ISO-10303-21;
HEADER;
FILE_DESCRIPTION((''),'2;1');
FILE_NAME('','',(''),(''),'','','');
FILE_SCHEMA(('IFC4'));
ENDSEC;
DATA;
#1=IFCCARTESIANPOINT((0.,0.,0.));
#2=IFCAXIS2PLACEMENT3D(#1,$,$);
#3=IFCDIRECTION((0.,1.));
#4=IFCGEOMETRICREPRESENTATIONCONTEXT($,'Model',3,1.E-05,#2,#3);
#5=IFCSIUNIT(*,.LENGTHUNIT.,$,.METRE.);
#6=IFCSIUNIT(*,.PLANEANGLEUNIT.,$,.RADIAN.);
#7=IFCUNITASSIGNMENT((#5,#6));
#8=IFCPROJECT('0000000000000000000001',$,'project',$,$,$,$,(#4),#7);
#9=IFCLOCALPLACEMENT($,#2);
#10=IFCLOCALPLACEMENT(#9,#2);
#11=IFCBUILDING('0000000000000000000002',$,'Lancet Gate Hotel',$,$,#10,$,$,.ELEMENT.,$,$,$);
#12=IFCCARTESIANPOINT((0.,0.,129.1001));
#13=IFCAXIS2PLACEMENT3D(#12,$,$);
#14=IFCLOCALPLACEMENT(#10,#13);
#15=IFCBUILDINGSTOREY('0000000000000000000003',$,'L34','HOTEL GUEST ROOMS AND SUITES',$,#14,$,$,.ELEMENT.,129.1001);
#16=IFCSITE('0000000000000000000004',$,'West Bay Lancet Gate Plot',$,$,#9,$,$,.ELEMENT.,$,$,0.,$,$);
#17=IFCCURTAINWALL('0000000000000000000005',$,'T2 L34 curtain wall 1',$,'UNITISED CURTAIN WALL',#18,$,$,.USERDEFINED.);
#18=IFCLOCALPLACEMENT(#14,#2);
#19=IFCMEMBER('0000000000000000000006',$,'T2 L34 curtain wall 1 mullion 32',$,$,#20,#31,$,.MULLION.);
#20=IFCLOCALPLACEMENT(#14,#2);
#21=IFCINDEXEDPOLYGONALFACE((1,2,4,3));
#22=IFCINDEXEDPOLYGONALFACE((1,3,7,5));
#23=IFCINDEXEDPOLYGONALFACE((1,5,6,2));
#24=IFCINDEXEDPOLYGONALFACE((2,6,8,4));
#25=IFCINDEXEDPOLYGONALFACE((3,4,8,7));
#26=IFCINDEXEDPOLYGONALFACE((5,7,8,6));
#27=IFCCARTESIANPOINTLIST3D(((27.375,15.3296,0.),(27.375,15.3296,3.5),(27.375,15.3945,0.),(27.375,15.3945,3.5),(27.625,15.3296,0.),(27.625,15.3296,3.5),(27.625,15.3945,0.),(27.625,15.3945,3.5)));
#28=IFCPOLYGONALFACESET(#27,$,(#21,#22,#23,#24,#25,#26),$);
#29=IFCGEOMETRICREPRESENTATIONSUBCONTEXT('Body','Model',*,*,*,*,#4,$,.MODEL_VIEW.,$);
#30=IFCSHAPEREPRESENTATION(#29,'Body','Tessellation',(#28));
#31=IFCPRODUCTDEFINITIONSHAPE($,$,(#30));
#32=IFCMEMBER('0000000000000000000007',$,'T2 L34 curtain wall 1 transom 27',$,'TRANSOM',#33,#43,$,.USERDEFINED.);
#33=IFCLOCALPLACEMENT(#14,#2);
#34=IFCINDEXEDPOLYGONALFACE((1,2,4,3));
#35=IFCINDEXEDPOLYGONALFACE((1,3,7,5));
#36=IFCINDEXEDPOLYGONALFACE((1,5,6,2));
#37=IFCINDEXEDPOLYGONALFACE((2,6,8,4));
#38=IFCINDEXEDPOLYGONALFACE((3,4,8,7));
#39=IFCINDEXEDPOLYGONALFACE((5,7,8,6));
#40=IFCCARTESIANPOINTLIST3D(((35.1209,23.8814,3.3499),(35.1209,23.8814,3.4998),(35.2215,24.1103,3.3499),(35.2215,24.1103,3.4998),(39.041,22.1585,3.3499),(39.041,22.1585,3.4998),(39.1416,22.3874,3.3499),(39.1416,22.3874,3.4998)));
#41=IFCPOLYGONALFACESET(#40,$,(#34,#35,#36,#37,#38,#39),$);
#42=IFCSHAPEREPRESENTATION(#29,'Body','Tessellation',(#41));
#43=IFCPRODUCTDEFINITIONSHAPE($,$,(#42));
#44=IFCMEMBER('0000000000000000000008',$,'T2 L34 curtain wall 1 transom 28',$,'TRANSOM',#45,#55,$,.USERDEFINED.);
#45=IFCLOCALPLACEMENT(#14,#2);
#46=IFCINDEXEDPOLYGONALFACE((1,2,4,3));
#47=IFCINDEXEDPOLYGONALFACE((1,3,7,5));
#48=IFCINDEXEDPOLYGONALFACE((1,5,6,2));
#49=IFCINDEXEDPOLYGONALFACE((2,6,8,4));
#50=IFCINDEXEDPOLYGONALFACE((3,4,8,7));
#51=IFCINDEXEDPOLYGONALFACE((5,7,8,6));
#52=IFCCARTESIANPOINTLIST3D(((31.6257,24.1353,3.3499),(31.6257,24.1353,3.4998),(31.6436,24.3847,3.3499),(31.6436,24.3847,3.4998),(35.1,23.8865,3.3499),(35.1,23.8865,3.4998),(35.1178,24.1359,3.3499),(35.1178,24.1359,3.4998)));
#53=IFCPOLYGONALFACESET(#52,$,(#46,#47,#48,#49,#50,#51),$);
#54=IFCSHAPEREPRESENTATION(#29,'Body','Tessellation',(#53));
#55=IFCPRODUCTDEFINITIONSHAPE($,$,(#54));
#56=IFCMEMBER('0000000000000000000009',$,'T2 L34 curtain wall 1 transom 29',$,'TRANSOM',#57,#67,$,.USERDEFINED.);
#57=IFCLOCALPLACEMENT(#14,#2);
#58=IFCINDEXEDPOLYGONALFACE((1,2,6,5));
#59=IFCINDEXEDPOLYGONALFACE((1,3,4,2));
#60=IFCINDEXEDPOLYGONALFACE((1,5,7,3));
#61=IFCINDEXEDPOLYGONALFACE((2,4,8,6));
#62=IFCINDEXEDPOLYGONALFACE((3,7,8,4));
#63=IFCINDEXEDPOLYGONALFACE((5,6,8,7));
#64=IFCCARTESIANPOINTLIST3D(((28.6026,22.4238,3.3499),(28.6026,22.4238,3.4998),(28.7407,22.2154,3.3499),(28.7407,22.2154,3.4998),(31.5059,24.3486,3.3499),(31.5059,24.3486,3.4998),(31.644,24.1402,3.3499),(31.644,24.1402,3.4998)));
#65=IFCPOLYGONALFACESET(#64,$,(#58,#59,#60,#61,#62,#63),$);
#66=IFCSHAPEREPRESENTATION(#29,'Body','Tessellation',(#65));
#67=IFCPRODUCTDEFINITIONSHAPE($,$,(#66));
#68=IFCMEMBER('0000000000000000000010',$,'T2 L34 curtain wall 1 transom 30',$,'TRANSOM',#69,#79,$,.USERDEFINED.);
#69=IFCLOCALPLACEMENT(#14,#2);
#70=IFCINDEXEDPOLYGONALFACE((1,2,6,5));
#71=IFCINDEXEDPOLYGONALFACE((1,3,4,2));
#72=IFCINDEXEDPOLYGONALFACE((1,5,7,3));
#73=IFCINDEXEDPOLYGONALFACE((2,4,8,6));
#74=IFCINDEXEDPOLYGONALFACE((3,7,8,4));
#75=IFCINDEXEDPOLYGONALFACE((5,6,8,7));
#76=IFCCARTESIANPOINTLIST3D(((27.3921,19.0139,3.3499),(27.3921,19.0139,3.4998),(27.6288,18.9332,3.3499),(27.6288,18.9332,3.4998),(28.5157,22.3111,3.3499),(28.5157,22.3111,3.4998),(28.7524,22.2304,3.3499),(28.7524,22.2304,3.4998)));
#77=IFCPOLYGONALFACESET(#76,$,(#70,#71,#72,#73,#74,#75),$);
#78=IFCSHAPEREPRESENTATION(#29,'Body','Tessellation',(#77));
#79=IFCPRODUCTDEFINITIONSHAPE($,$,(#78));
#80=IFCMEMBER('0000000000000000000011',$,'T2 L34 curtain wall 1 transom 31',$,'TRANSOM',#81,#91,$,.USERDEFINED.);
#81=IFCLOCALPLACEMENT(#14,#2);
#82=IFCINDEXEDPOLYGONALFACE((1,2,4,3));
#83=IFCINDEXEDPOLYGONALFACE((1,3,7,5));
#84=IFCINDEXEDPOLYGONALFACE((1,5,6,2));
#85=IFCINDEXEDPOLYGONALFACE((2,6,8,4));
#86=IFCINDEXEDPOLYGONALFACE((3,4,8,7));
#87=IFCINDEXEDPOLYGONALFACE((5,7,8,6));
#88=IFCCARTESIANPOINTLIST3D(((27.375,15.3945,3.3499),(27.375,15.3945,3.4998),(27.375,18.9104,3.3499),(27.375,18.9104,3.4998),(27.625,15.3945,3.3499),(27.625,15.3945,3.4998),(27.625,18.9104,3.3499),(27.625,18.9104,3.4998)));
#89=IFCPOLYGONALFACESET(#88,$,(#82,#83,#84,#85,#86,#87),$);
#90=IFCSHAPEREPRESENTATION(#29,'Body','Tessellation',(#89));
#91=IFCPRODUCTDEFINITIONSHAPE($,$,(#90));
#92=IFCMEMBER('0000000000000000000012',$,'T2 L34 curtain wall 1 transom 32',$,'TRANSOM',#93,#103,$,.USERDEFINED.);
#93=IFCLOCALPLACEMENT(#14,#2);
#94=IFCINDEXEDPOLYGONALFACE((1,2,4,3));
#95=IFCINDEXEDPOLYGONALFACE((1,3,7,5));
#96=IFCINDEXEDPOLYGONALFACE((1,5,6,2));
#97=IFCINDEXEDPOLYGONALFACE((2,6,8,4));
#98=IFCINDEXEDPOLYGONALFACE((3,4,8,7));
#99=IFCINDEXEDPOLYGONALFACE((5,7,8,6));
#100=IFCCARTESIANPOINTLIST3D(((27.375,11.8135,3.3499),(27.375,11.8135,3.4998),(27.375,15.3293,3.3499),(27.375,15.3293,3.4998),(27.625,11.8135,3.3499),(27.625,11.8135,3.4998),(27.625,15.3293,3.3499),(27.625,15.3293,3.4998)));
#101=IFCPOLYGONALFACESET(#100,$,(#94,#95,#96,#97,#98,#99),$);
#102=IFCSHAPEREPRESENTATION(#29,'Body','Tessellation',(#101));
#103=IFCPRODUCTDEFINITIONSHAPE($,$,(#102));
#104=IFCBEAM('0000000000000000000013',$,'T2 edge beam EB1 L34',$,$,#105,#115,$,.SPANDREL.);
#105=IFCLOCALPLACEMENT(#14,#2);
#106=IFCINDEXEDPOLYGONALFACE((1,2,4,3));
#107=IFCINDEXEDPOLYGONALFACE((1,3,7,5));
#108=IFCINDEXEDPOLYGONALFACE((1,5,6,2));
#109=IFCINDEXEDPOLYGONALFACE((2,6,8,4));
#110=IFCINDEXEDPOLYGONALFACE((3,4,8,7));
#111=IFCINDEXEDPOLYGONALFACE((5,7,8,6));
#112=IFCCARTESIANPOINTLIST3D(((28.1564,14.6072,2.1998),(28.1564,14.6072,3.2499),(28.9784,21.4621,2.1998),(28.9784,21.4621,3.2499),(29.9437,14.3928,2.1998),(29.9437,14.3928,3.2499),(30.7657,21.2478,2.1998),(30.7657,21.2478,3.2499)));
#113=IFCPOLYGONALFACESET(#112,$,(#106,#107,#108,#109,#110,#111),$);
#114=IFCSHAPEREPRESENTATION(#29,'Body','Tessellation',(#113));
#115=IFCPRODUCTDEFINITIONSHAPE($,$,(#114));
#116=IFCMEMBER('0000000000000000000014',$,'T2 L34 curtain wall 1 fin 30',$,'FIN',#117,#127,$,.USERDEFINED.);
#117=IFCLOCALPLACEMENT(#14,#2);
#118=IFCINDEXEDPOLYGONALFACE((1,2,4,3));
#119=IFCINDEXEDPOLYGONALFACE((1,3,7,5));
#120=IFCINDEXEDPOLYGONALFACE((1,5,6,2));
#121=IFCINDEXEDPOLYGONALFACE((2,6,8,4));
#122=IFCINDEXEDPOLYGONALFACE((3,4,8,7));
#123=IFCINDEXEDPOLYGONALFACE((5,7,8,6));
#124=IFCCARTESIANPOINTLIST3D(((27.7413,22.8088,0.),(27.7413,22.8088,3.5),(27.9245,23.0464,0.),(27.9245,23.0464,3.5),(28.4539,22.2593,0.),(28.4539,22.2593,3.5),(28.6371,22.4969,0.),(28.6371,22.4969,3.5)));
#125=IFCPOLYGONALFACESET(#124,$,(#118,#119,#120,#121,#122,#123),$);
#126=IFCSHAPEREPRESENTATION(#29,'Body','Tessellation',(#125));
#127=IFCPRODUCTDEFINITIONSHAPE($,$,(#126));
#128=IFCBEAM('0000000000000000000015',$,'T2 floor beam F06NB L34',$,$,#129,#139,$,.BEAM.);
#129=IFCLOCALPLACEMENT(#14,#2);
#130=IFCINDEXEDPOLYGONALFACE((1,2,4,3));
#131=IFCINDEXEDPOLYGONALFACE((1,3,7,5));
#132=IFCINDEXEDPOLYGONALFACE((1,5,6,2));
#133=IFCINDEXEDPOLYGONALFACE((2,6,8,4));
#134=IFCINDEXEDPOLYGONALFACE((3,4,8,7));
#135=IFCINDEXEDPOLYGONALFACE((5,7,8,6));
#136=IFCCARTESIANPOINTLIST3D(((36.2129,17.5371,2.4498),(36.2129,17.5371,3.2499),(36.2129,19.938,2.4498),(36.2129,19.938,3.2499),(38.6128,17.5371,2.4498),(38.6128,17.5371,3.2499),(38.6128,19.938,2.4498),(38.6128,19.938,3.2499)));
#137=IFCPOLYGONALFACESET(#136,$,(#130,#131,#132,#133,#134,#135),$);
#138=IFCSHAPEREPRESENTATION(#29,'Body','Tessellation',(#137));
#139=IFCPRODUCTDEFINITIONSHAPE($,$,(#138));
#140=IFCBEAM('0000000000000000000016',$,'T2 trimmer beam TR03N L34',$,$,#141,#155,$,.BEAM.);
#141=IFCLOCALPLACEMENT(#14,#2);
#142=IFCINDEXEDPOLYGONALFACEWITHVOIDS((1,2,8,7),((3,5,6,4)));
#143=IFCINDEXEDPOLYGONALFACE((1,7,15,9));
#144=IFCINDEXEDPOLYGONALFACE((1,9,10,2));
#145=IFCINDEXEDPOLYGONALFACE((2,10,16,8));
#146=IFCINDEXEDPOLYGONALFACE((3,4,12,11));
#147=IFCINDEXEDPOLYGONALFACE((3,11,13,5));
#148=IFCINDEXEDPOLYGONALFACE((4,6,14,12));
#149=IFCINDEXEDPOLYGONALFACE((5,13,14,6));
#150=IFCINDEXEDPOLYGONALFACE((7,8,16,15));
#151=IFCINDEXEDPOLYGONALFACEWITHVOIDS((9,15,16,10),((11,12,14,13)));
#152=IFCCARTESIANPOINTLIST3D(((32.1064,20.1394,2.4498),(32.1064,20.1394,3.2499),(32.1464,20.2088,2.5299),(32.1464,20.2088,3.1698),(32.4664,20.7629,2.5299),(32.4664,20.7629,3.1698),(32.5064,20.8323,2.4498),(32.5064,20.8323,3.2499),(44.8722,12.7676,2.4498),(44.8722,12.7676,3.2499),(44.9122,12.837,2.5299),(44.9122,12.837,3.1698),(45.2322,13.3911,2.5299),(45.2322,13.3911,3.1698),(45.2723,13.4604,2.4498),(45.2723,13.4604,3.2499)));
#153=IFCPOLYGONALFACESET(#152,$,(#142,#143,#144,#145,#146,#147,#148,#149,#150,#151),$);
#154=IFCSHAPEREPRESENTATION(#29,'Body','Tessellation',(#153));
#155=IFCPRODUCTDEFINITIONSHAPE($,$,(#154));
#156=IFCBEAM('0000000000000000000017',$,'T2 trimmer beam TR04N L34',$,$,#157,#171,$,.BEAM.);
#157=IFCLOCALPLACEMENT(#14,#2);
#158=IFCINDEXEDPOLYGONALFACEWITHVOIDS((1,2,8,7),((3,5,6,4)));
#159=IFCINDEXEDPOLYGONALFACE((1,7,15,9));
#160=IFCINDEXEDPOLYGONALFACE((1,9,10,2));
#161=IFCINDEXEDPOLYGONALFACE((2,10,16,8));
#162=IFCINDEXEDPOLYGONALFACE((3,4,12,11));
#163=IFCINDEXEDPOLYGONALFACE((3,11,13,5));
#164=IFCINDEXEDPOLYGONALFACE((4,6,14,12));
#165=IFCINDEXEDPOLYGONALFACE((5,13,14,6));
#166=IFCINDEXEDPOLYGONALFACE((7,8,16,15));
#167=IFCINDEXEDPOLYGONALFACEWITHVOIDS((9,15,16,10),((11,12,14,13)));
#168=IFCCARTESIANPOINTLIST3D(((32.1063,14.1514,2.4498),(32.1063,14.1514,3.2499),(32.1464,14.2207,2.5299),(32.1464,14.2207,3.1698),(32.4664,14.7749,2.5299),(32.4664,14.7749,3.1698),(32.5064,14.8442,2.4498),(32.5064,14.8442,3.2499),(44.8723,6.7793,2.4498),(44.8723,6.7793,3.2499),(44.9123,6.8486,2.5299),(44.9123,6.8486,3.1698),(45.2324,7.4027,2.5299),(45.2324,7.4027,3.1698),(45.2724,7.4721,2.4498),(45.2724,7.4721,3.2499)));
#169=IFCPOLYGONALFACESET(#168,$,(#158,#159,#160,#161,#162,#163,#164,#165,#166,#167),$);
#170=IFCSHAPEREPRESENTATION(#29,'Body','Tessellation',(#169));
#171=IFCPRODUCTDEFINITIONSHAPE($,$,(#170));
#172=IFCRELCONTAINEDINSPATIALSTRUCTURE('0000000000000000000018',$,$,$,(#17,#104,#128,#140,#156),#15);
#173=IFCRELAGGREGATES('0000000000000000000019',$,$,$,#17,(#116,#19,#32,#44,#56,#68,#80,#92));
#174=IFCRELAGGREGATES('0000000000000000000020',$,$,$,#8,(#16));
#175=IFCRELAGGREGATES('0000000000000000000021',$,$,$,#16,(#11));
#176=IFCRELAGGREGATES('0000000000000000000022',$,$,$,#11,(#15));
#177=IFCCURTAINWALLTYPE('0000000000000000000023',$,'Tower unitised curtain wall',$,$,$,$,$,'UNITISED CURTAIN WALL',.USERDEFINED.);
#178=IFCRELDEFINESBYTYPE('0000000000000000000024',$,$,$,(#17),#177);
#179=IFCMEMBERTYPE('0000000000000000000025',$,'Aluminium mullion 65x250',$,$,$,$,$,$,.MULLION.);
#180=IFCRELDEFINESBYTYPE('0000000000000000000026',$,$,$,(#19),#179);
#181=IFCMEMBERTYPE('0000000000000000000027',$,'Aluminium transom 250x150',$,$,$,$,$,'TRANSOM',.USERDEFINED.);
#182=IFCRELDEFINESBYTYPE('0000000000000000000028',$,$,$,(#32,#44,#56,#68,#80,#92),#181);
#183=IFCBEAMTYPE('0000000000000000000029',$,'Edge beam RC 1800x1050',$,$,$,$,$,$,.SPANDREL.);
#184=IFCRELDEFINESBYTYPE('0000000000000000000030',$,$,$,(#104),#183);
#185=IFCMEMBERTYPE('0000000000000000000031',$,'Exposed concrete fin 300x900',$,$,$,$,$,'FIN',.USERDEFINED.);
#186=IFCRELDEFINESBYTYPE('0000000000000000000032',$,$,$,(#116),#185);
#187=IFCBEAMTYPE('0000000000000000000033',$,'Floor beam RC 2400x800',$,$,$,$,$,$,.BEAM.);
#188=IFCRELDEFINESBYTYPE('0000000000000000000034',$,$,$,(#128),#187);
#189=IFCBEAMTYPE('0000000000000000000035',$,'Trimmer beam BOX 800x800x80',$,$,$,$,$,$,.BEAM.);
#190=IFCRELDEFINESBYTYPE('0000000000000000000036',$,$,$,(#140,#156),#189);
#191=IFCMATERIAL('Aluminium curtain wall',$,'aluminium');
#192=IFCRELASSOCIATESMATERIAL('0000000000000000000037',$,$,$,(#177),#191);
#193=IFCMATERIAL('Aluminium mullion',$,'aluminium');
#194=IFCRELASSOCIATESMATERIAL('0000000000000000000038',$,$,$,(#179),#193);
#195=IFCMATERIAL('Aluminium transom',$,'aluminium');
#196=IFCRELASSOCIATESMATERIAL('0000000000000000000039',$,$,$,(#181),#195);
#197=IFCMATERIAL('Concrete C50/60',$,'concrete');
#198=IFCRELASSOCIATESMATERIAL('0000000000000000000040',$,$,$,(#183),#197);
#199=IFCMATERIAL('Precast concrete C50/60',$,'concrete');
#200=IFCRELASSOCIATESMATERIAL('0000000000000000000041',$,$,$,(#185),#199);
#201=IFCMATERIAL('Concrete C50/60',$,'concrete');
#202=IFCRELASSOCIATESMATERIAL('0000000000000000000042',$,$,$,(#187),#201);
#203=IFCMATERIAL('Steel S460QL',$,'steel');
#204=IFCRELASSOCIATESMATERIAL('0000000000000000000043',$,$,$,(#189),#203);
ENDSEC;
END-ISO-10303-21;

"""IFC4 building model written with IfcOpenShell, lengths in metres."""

from ifc_helpers import new_model, si_unit, direction, frame, origin, origin_2d, place, context, subcontext, project, spatial, rectangle, hollow_rectangle, extrude, material, material_profile, profile_set, type_object, element, aggregate, save


model = new_model("IFC4")

# Units and contexts
model_context = context("Model", 3, precision=1e-05, world=origin(), true_north=direction((0.0, 1.0)))
body_context = subcontext(model_context, "Body", "Model", "MODEL_VIEW")
ifc_project = project(units=[si_unit("LENGTHUNIT", "METRE"), si_unit("PLANEANGLEUNIT", "RADIAN")], contexts=[model_context])

# Site, building, storey
site_placement = place(None, origin())
site = spatial("IfcSite", under=ifc_project, at=site_placement, Name="West Bay Lancet Gate Plot", CompositionType="ELEMENT", RefElevation=0.0)
building_placement = place(site_placement, origin())
building = spatial("IfcBuilding", under=site, at=building_placement, Name="Lancet Gate Hotel", CompositionType="ELEMENT")
storey_placement = place(building_placement, frame((0.0, 0.0, 129.1001)))
storey = spatial("IfcBuildingStorey", under=building, at=storey_placement, Name="L34", Description="HOTEL GUEST ROOMS AND SUITES", CompositionType="ELEMENT", Elevation=129.1001)

# Curtain wall, members
ifc_material_1 = material(Name="Aluminium curtain wall", Category="aluminium")
curtain_wall_type = type_object("IfcCurtainWallType", Name="Tower unitised curtain wall", ElementType="UNITISED CURTAIN WALL", PredefinedType="USERDEFINED", material=ifc_material_1)
curtain_wall_placement = place(storey_placement, origin())
curtain_wall = element("IfcCurtainWall", 1, at=curtain_wall_placement, inside=storey, type_object=curtain_wall_type, Name="T2 L34 curtain wall 1", ObjectType="UNITISED CURTAIN WALL", PredefinedType="USERDEFINED")
ifc_material_2 = material(Name="Aluminium mullion", Category="aluminium")
ifc_material_profile_1 = material_profile(ifc_material_2, rectangle(XDim=0.0649, YDim=0.25, at=origin_2d()), Name="MULLION 65x250")
ifc_profile_set_1 = profile_set([ifc_material_profile_1], Name="Aluminium mullion")
member_type_1 = type_object("IfcMemberType", Name="Aluminium mullion 65x250", PredefinedType="MULLION", material=ifc_profile_set_1)
member_1_placement = place(storey_placement, frame((27.5, 15.3621, 0.0), z_axis=(0.0, 0.0, 1.0), x_axis=(0.0, -1.0, 0.0)))
member_1 = element("IfcMember", 2, at=member_1_placement, type_object=member_type_1, Name="T2 L34 curtain wall 1 mullion 32", PredefinedType="MULLION", context=body_context, shape_type="SweptSolid", body=[
    extrude(rectangle(XDim=0.0649, YDim=0.25, at=origin_2d()), origin(), (0.0, 0.0, 1.0), 3.5),
])
ifc_material_3 = material(Name="Aluminium transom", Category="aluminium")
ifc_material_profile_2 = material_profile(ifc_material_3, rectangle(XDim=0.25, YDim=0.1499, at=origin_2d()), Name="TRANSOM 250x150")
ifc_profile_set_2 = profile_set([ifc_material_profile_2], Name="Aluminium transom")
member_type_2 = type_object("IfcMemberType", Name="Aluminium transom 250x150", ElementType="TRANSOM", PredefinedType="USERDEFINED", material=ifc_profile_set_2)
member_2_placement = place(storey_placement, frame((39.0913, 22.2729, 3.4248), z_axis=(-0.915485, 0.402353, 0.0), x_axis=(-0.402353, -0.915485, 0.0)))
member_2 = element("IfcMember", 3, at=member_2_placement, type_object=member_type_2, Name="T2 L34 curtain wall 1 transom 27", ObjectType="TRANSOM", PredefinedType="USERDEFINED", context=body_context, shape_type="SweptSolid", body=[
    extrude(rectangle(XDim=0.25, YDim=0.1499, at=origin_2d()), origin(), (0.0, 0.0, 1.0), 4.282),
])
member_3_placement = place(storey_placement, frame((35.1089, 24.0112, 3.4248), z_axis=(-0.997446, 0.071421, 0.0), x_axis=(-0.071421, -0.997446, 0.0)))
member_3 = element("IfcMember", 4, at=member_3_placement, type_object=member_type_2, Name="T2 L34 curtain wall 1 transom 28", ObjectType="TRANSOM", PredefinedType="USERDEFINED", context=body_context, shape_type="SweptSolid", body=[
    extrude(rectangle(XDim=0.25, YDim=0.1499, at=origin_2d()), origin(), (0.0, 0.0, 1.0), 3.4832),
])
member_4_placement = place(storey_placement, frame((31.575, 24.2444, 3.4248), z_axis=(-0.833471, -0.552563, 0.0), x_axis=(0.552563, -0.833471, 0.0)))
member_4 = element("IfcMember", 5, at=member_4_placement, type_object=member_type_2, Name="T2 L34 curtain wall 1 transom 29", ObjectType="TRANSOM", PredefinedType="USERDEFINED", context=body_context, shape_type="SweptSolid", body=[
    extrude(rectangle(XDim=0.25, YDim=0.1499, at=origin_2d()), origin(), (0.0, 0.0, 1.0), 3.4834),
])
member_5_placement = place(storey_placement, frame((28.634, 22.2708, 3.4248), z_axis=(-0.32255, -0.946553, 0.0), x_axis=(0.946553, -0.32255, 0.0)))
member_5 = element("IfcMember", 6, at=member_5_placement, type_object=member_type_2, Name="T2 L34 curtain wall 1 transom 30", ObjectType="TRANSOM", PredefinedType="USERDEFINED", context=body_context, shape_type="SweptSolid", body=[
    extrude(rectangle(XDim=0.25, YDim=0.1499, at=origin_2d()), origin(), (0.0, 0.0, 1.0), 3.4834),
])
member_6_placement = place(storey_placement, frame((27.5, 18.9104, 3.4248), z_axis=(0.0, -1.0, 0.0), x_axis=(1.0, 0.0, 0.0)))
member_6 = element("IfcMember", 7, at=member_6_placement, type_object=member_type_2, Name="T2 L34 curtain wall 1 transom 31", ObjectType="TRANSOM", PredefinedType="USERDEFINED", context=body_context, shape_type="SweptSolid", body=[
    extrude(rectangle(XDim=0.25, YDim=0.1499, at=origin_2d()), origin(), (0.0, 0.0, 1.0), 3.5159),
])
member_7_placement = place(storey_placement, frame((27.5, 15.3293, 3.4248), z_axis=(0.0, -1.0, 0.0), x_axis=(1.0, 0.0, 0.0)))
member_7 = element("IfcMember", 8, at=member_7_placement, type_object=member_type_2, Name="T2 L34 curtain wall 1 transom 32", ObjectType="TRANSOM", PredefinedType="USERDEFINED", context=body_context, shape_type="SweptSolid", body=[
    extrude(rectangle(XDim=0.25, YDim=0.1499, at=origin_2d()), origin(), (0.0, 0.0, 1.0), 3.5159),
])

# Beam
ifc_material_4 = material(Name="Concrete C50/60", Category="concrete")
ifc_material_profile_3 = material_profile(ifc_material_4, rectangle(XDim=1.8, YDim=1.05, at=origin_2d()), Name="RC 1800x1050")
ifc_profile_set_3 = profile_set([ifc_material_profile_3], Name="Concrete C50/60")
beam_type_1 = type_object("IfcBeamType", Name="Edge beam RC 1800x1050", PredefinedType="SPANDREL", material=ifc_profile_set_3)
beam_1_placement = place(storey_placement, frame((29.05, 14.5, 2.7249), z_axis=(0.119063, 0.992887, 0.0), x_axis=(-0.992887, 0.119063, 0.0)))
element("IfcBeam", 9, at=beam_1_placement, inside=storey, type_object=beam_type_1, Name="T2 edge beam EB1 L34", PredefinedType="SPANDREL", context=body_context, shape_type="SweptSolid", body=[
    extrude(rectangle(XDim=1.8, YDim=1.05, at=origin_2d()), origin(), (0.0, 0.0, 1.0), 6.9041),
])

# Member
ifc_material_5 = material(Name="Precast concrete C50/60", Category="concrete")
ifc_material_profile_4 = material_profile(ifc_material_5, rectangle(XDim=0.3, YDim=0.8999, at=origin_2d()), Name="FIN 300x900")
ifc_profile_set_4 = profile_set([ifc_material_profile_4], Name="Precast concrete C50/60")
member_type_3 = type_object("IfcMemberType", Name="Exposed concrete fin 300x900", ElementType="FIN", PredefinedType="USERDEFINED", material=ifc_profile_set_4)
member_8_placement = place(storey_placement, frame((28.1892, 22.6528, 0.0), z_axis=(0.0, 0.0, 1.0), x_axis=(-0.610664, -0.79189, 0.0)))
member_8 = element("IfcMember", 10, at=member_8_placement, type_object=member_type_3, Name="T2 L34 curtain wall 1 fin 30", ObjectType="FIN", PredefinedType="USERDEFINED", context=body_context, shape_type="SweptSolid", body=[
    extrude(rectangle(XDim=0.3, YDim=0.8999, at=origin_2d()), origin(), (0.0, 0.0, 1.0), 3.5),
])

# Beams
ifc_material_6 = material(Name="Concrete C50/60", Category="concrete")
ifc_material_profile_5 = material_profile(ifc_material_6, rectangle(XDim=2.3999, YDim=0.8, at=origin_2d()), Name="RC 2400x800")
ifc_profile_set_5 = profile_set([ifc_material_profile_5], Name="Concrete C50/60")
beam_type_2 = type_object("IfcBeamType", Name="Floor beam RC 2400x800", PredefinedType="BEAM", material=ifc_profile_set_5)
beam_2_placement = place(storey_placement, frame((37.4128, 17.5371, 2.8499), z_axis=(0.0, 1.0, 0.0), x_axis=(-1.0, 0.0, 0.0)))
element("IfcBeam", 11, at=beam_2_placement, inside=storey, type_object=beam_type_2, Name="T2 floor beam F06NB L34", PredefinedType="BEAM", context=body_context, shape_type="SweptSolid", body=[
    extrude(rectangle(XDim=2.3999, YDim=0.8, at=origin_2d()), origin(), (0.0, 0.0, 1.0), 2.4009),
])
ifc_material_7 = material(Name="Steel S460QL", Category="steel")
ifc_material_profile_6 = material_profile(ifc_material_7, hollow_rectangle(XDim=0.8, YDim=0.8, WallThickness=0.0801, at=origin_2d()), Name="BOX 800x800x80")
ifc_profile_set_6 = profile_set([ifc_material_profile_6], Name="Steel S460QL")
beam_type_3 = type_object("IfcBeamType", Name="Trimmer beam BOX 800x800x80", PredefinedType="BEAM", material=ifc_profile_set_6)
beam_3_placement = place(storey_placement, frame((32.3064, 20.4858, 2.8499), z_axis=(0.865983, -0.500074, 0.0), x_axis=(0.500074, 0.865983, 0.0)))
element("IfcBeam", 12, at=beam_3_placement, inside=storey, type_object=beam_type_3, Name="T2 trimmer beam TR03N L34", PredefinedType="BEAM", context=body_context, shape_type="SweptSolid", body=[
    extrude(hollow_rectangle(XDim=0.8, YDim=0.8, WallThickness=0.0801, at=origin_2d()), origin(), (0.0, 0.0, 1.0), 14.7415),
])
beam_4_placement = place(storey_placement, frame((32.3064, 14.4978, 2.8499), z_axis=(0.865976, -0.500086, 0.0), x_axis=(0.500086, 0.865976, 0.0)))
element("IfcBeam", 13, at=beam_4_placement, inside=storey, type_object=beam_type_3, Name="T2 trimmer beam TR04N L34", PredefinedType="BEAM", context=body_context, shape_type="SweptSolid", body=[
    extrude(hollow_rectangle(XDim=0.8, YDim=0.8, WallThickness=0.0801, at=origin_2d()), origin(), (0.0, 0.0, 1.0), 14.7417),
])

aggregate(curtain_wall, [member_8, member_1, member_2, member_3, member_4, member_5, member_6, member_7])

save(model, "model.ifc")
